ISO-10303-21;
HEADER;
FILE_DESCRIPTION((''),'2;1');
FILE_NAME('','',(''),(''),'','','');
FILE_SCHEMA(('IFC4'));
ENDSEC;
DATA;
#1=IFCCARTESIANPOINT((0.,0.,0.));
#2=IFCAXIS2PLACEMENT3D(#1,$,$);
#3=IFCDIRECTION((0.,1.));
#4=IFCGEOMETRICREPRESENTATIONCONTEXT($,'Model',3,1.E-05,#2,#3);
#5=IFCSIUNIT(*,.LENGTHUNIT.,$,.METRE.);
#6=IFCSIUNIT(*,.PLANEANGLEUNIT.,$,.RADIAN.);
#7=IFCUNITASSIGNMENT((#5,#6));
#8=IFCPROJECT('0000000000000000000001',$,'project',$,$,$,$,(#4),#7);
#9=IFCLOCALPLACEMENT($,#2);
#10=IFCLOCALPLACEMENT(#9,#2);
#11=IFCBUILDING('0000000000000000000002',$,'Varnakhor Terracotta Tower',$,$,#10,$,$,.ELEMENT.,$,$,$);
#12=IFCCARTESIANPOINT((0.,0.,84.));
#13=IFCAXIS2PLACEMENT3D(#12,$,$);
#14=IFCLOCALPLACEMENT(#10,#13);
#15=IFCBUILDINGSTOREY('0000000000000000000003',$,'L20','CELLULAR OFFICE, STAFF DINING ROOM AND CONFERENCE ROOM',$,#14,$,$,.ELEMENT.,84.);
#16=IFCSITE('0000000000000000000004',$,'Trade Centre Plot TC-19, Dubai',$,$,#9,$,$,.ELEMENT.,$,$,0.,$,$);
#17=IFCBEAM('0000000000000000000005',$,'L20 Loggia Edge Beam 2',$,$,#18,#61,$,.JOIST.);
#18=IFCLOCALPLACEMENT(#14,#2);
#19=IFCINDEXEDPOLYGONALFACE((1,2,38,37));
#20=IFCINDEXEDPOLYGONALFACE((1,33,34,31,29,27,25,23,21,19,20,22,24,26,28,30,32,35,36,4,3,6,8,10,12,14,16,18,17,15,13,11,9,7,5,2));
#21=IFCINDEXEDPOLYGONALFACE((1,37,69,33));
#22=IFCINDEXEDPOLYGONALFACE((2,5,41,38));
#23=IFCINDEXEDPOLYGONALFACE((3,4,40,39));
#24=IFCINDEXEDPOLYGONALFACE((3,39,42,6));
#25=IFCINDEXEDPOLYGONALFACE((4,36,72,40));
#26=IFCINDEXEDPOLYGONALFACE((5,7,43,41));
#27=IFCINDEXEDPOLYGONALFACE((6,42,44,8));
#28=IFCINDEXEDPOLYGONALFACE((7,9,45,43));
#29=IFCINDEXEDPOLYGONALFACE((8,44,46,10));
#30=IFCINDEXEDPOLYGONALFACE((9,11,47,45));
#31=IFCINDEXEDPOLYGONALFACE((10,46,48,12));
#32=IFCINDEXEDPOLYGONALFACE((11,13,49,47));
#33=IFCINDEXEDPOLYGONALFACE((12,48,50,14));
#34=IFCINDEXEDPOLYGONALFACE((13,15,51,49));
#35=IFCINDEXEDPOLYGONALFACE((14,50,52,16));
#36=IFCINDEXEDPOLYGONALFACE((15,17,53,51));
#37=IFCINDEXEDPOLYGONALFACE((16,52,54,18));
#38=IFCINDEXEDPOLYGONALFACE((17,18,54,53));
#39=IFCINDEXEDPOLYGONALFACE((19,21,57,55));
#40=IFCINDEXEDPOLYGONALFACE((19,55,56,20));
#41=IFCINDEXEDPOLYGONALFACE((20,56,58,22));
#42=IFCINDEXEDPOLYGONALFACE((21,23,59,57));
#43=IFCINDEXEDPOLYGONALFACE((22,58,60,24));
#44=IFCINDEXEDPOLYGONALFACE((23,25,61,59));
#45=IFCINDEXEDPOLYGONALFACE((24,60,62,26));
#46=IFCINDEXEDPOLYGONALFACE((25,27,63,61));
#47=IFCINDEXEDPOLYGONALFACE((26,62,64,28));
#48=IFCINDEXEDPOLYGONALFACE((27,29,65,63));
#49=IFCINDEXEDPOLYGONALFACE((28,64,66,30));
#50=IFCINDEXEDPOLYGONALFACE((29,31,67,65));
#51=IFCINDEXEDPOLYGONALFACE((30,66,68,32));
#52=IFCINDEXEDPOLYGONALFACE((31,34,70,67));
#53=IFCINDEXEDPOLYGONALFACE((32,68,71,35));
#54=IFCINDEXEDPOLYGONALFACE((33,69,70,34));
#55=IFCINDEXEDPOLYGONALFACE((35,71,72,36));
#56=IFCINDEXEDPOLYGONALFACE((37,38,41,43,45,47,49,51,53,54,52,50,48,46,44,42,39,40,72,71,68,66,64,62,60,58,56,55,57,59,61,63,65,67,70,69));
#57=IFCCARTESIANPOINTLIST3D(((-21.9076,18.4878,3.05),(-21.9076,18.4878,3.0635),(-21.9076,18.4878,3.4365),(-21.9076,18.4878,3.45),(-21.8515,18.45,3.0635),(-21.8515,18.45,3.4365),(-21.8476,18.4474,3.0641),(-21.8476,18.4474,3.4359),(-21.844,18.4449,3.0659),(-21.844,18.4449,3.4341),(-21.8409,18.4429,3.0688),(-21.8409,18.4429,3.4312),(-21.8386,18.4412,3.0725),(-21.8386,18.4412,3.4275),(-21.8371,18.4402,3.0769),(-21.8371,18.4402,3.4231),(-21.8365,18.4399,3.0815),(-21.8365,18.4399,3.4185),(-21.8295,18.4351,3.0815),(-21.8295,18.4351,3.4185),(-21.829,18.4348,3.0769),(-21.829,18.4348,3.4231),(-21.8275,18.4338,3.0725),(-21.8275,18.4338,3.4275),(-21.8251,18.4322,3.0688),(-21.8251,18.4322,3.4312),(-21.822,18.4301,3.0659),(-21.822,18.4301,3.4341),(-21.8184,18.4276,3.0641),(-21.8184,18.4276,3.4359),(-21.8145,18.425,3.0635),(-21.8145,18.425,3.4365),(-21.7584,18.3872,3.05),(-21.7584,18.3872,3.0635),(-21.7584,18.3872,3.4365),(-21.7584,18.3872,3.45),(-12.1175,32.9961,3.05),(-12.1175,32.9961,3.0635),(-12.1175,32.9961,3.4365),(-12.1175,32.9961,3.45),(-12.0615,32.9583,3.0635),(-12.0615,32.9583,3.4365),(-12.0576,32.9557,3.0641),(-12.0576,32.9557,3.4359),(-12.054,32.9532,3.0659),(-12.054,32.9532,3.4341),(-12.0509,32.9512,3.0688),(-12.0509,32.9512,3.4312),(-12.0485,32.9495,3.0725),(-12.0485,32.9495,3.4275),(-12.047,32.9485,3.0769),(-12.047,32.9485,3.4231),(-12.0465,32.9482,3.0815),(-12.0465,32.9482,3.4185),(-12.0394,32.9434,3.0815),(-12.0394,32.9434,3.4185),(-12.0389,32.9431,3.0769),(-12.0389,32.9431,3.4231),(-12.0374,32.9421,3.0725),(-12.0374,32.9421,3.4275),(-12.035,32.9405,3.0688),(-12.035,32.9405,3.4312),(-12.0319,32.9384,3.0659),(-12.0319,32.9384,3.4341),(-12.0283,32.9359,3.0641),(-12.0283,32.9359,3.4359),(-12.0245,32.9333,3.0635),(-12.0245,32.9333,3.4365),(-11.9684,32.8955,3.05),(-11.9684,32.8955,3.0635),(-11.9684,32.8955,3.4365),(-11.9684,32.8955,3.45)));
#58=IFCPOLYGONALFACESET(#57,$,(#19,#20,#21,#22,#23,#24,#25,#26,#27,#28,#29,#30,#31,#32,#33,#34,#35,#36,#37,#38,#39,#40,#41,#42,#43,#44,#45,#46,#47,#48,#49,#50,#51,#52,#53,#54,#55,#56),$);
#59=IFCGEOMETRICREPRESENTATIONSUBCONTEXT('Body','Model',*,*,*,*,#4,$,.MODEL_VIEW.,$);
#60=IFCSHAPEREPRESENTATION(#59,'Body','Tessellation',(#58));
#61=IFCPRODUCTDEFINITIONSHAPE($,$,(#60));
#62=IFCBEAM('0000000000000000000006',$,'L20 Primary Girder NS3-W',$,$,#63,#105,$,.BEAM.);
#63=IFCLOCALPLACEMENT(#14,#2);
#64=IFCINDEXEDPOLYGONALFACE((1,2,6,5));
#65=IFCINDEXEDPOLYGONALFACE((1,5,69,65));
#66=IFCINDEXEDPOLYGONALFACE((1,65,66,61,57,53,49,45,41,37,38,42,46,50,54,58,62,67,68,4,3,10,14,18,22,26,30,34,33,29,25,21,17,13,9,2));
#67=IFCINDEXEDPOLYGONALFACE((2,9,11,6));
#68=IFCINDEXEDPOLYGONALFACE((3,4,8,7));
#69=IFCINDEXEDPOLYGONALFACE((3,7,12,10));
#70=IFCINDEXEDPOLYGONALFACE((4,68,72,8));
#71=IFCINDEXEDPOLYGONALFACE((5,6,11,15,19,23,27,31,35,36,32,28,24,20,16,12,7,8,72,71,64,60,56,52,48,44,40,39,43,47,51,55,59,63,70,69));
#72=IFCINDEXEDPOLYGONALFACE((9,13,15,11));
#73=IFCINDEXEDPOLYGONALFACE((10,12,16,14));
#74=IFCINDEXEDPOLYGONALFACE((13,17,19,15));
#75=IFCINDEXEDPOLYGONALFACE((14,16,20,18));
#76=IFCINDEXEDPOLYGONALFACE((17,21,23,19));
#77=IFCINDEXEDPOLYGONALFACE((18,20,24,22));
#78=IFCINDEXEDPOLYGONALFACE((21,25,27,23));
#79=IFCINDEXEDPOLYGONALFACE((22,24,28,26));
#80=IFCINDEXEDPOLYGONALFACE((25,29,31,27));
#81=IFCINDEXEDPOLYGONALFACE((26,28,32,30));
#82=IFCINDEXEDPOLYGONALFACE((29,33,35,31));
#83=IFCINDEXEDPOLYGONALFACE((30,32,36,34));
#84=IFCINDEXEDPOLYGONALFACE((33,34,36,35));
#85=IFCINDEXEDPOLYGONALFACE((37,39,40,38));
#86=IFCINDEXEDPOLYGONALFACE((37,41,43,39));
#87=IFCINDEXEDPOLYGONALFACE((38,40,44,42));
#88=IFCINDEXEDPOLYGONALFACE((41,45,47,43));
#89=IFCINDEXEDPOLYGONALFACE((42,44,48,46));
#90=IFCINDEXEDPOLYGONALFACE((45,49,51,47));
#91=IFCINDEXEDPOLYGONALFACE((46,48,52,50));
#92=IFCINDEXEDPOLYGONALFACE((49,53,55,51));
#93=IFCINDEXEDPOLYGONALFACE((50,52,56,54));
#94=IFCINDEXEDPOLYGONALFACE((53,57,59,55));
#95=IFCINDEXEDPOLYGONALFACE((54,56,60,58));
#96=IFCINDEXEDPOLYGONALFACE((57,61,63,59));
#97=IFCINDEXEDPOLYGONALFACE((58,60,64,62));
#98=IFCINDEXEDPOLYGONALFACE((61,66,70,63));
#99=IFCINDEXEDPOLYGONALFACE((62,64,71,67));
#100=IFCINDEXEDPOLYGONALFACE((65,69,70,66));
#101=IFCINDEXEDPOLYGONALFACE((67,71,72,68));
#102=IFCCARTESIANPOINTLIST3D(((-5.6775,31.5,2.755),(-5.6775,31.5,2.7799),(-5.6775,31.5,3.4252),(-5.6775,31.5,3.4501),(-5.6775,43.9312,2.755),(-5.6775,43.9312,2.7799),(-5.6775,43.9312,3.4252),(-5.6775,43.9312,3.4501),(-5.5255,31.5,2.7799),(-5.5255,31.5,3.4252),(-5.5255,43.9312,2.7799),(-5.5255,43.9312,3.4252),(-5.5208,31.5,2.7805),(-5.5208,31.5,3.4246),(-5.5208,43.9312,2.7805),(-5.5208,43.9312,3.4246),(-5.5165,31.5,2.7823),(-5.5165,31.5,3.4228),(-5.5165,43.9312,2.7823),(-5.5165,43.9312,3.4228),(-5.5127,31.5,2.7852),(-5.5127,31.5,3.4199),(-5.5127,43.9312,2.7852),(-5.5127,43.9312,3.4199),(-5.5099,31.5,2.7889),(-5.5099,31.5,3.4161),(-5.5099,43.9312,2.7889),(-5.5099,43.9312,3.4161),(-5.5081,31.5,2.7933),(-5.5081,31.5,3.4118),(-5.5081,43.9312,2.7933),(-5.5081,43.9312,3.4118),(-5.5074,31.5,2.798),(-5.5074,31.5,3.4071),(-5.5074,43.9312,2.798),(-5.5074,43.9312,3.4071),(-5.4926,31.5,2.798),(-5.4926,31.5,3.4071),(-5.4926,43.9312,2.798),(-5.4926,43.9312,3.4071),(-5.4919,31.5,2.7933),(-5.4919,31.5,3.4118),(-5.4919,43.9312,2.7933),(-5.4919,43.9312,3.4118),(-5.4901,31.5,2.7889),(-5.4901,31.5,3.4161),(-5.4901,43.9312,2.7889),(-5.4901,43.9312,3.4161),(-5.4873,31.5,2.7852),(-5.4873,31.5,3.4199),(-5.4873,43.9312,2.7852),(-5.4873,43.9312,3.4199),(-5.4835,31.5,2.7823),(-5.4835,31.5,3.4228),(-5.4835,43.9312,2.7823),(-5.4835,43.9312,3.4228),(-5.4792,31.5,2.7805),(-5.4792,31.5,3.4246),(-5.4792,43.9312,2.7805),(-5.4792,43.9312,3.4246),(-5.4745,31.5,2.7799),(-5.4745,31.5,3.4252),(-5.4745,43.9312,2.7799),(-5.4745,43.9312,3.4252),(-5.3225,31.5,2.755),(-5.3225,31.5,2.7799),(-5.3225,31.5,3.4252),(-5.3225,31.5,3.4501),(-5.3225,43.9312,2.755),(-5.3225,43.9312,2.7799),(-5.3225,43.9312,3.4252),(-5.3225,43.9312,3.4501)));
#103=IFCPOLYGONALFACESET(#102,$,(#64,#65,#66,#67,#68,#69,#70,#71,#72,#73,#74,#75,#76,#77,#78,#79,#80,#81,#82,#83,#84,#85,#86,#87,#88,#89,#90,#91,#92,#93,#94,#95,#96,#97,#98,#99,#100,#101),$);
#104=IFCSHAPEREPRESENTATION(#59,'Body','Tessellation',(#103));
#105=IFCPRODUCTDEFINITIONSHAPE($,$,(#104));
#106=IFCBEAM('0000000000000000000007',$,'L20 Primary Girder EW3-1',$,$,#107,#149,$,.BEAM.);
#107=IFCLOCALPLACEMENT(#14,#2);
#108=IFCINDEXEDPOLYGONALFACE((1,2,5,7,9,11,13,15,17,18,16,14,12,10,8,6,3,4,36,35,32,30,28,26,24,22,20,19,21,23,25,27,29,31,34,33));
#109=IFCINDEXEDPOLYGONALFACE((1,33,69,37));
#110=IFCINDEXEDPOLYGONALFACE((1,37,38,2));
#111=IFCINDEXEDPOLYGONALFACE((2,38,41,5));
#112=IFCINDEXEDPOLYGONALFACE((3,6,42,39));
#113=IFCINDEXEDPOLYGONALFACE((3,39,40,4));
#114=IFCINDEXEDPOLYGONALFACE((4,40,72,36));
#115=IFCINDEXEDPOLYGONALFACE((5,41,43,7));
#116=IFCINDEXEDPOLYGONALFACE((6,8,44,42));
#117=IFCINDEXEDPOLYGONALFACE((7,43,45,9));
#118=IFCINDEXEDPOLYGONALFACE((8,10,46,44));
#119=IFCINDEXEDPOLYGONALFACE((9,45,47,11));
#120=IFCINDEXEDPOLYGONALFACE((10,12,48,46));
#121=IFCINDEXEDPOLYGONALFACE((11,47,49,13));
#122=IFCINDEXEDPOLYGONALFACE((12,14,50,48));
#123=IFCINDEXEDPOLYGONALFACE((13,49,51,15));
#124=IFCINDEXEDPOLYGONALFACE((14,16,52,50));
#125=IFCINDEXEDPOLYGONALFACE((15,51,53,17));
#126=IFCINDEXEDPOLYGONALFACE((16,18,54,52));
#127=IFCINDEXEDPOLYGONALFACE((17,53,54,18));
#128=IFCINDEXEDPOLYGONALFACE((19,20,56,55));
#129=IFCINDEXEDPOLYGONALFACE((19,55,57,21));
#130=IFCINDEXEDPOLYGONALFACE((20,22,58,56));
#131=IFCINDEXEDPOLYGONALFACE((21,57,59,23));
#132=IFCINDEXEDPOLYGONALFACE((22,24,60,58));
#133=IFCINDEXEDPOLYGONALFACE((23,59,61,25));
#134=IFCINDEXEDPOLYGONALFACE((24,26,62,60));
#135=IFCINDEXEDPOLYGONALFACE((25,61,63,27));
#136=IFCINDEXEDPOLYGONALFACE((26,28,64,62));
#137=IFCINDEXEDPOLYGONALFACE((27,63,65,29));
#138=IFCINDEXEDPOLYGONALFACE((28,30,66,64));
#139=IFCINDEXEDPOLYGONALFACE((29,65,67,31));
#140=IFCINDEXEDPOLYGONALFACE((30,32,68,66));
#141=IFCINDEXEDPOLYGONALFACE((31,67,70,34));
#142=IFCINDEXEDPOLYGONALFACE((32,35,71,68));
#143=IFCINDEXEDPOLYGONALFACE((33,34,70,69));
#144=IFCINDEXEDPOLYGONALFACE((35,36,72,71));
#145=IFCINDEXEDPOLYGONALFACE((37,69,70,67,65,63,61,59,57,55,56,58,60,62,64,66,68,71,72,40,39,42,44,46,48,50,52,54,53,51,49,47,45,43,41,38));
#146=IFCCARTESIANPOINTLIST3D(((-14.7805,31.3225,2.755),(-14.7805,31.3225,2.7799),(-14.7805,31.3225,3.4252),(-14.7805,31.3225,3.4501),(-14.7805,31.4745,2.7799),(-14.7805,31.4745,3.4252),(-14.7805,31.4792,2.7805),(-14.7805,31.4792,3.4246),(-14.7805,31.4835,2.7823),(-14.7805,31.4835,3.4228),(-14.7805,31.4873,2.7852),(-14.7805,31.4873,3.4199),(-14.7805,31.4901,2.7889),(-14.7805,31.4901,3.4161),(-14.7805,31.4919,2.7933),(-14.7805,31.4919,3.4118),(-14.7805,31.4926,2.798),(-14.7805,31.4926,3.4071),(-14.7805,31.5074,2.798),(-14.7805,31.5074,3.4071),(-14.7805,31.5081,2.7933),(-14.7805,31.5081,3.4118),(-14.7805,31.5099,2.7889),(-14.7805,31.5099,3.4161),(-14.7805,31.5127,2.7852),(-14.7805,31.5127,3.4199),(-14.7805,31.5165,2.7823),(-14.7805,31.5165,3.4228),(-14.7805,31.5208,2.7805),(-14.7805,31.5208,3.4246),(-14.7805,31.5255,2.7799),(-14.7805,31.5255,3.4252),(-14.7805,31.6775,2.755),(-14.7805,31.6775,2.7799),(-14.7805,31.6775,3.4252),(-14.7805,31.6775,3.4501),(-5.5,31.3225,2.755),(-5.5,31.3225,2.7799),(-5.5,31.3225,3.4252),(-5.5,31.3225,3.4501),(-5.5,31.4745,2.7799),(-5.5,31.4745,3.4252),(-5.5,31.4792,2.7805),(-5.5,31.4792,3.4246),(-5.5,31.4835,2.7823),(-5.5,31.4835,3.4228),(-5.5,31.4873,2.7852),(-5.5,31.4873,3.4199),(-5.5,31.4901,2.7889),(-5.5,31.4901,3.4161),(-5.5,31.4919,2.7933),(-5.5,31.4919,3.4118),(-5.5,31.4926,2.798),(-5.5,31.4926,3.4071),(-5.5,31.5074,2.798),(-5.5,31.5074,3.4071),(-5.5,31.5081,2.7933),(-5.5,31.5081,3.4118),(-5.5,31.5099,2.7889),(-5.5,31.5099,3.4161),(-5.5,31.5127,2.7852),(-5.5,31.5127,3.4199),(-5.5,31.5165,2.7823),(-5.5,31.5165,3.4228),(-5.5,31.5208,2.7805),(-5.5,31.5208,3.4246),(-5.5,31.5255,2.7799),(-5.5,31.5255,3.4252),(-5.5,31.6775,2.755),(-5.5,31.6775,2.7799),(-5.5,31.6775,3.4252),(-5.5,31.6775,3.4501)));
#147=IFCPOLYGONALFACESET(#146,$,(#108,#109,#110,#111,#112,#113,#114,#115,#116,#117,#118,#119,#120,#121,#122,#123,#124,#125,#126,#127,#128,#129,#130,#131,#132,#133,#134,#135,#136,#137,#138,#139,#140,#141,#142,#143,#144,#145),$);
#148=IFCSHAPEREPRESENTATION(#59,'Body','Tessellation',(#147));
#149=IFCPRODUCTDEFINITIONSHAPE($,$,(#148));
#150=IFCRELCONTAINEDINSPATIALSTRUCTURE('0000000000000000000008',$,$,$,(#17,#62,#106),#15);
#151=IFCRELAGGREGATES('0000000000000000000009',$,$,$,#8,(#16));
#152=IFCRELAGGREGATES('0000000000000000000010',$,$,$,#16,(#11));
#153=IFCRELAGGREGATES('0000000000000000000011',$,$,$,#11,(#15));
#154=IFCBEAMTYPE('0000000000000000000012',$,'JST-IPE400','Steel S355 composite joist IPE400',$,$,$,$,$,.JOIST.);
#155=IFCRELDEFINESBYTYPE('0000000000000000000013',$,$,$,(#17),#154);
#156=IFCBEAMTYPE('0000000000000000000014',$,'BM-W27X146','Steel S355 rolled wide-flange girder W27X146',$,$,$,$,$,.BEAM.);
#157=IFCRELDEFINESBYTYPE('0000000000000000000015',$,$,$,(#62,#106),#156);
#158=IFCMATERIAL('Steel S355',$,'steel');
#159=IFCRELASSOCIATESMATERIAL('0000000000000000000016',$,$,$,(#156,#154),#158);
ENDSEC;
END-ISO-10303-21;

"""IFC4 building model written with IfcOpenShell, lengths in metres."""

from ifc_helpers import new_model, si_unit, direction, frame, origin, origin_2d, place, context, subcontext, project, spatial, i_section, extrude, source, transform, mapped, material, material_profile, profile_set, type_object, element, save


model = new_model("IFC4")

# Units and contexts
model_context = context("Model", 3, precision=1e-05, world=origin(), true_north=direction((0.0, 1.0)))
body_context = subcontext(model_context, "Body", "Model", "MODEL_VIEW")
ifc_project = project(units=[si_unit("LENGTHUNIT", "METRE"), si_unit("PLANEANGLEUNIT", "RADIAN")], contexts=[model_context])

# Site, building, storey
site_placement = place(None, origin())
site = spatial("IfcSite", under=ifc_project, at=site_placement, Name="Trade Centre Plot TC-19, Dubai", CompositionType="ELEMENT", RefElevation=0.0)
building_placement = place(site_placement, origin())
building = spatial("IfcBuilding", under=site, at=building_placement, Name="Varnakhor Terracotta Tower", CompositionType="ELEMENT")
storey_placement = place(building_placement, frame((0.0, 0.0, 84.0)))
storey = spatial("IfcBuildingStorey", under=building, at=storey_placement, Name="L20", Description="CELLULAR OFFICE, STAFF DINING ROOM AND CONFERENCE ROOM", CompositionType="ELEMENT", Elevation=84.0)

# Beams
ifc_material_1 = material(Name="Steel S355", Category="steel")
ifc_material_profile_1 = material_profile(ifc_material_1, i_section(OverallWidth=0.355, OverallDepth=0.6951, WebThickness=0.0149, FlangeThickness=0.0249, FilletRadius=0.0181, at=origin_2d()), Name="W27X146")
ifc_profile_set_1 = profile_set([ifc_material_profile_1], Name="Steel S355")
beam_type_1 = type_object("IfcBeamType", Name="BM-W27X146", Description="Steel S355 rolled wide-flange girder W27X146", PredefinedType="BEAM", material=ifc_profile_set_1)
ifc_material_profile_2 = material_profile(ifc_material_1, i_section(OverallWidth=0.1799, OverallDepth=0.3999, WebThickness=0.0085, FlangeThickness=0.0134, FilletRadius=0.0181, at=origin_2d()), Name="IPE400")
ifc_profile_set_2 = profile_set([ifc_material_profile_2], Name="Steel S355")
beam_type_2 = type_object("IfcBeamType", Name="JST-IPE400", Description="Steel S355 composite joist IPE400", PredefinedType="JOIST", material=ifc_profile_set_2)
shared_shape_1 = source(origin(), body_context, "Body", "SweptSolid", [
    extrude(i_section(OverallWidth=0.1799, OverallDepth=0.3999, WebThickness=0.0085, FlangeThickness=0.0134, FilletRadius=0.0181, at=origin_2d()), origin(), (0.0, 0.0, 1.0), 17.5024),
])
beam_1_placement = place(storey_placement, frame((-12.043, 32.9458, 3.25), z_axis=(-0.559353, -0.82893, 0.0), x_axis=(0.82893, -0.559353, 0.0)))
element("IfcBeam", 1, at=beam_1_placement, inside=storey, type_object=beam_type_2, Name="L20 Loggia Edge Beam 2", PredefinedType="JOIST", context=body_context, shape_type="MappedRepresentation", body=[
    mapped(shared_shape_1, transform((0.0, 0.0, 0.0), scale=1.0)),
])
shared_shape_2 = source(origin(), body_context, "Body", "SweptSolid", [
    extrude(i_section(OverallWidth=0.355, OverallDepth=0.6951, WebThickness=0.0149, FlangeThickness=0.0249, FilletRadius=0.0181, at=origin_2d()), origin(), (0.0, 0.0, 1.0), 12.4312),
])
beam_2_placement = place(storey_placement, frame((-5.5, 31.5, 3.1025), z_axis=(0.0, 1.0, 0.0), x_axis=(-1.0, 0.0, 0.0)))
element("IfcBeam", 2, at=beam_2_placement, inside=storey, type_object=beam_type_1, Name="L20 Primary Girder NS3-W", PredefinedType="BEAM", context=body_context, shape_type="MappedRepresentation", body=[
    mapped(shared_shape_2, transform((0.0, 0.0, 0.0), scale=1.0)),
])
shared_shape_3 = source(origin(), body_context, "Body", "SweptSolid", [
    extrude(i_section(OverallWidth=0.355, OverallDepth=0.6951, WebThickness=0.0149, FlangeThickness=0.0249, FilletRadius=0.0181, at=origin_2d()), origin(), (0.0, 0.0, 1.0), 9.2805),
])
beam_3_placement = place(storey_placement, frame((-14.7805, 31.5, 3.1025), z_axis=(1.0, 0.0, 0.0), x_axis=(0.0, 1.0, 0.0)))
element("IfcBeam", 3, at=beam_3_placement, inside=storey, type_object=beam_type_1, Name="L20 Primary Girder EW3-1", PredefinedType="BEAM", context=body_context, shape_type="MappedRepresentation", body=[
    mapped(shared_shape_3, transform((0.0, 0.0, 0.0), scale=1.0)),
])

save(model, "model.ifc")
